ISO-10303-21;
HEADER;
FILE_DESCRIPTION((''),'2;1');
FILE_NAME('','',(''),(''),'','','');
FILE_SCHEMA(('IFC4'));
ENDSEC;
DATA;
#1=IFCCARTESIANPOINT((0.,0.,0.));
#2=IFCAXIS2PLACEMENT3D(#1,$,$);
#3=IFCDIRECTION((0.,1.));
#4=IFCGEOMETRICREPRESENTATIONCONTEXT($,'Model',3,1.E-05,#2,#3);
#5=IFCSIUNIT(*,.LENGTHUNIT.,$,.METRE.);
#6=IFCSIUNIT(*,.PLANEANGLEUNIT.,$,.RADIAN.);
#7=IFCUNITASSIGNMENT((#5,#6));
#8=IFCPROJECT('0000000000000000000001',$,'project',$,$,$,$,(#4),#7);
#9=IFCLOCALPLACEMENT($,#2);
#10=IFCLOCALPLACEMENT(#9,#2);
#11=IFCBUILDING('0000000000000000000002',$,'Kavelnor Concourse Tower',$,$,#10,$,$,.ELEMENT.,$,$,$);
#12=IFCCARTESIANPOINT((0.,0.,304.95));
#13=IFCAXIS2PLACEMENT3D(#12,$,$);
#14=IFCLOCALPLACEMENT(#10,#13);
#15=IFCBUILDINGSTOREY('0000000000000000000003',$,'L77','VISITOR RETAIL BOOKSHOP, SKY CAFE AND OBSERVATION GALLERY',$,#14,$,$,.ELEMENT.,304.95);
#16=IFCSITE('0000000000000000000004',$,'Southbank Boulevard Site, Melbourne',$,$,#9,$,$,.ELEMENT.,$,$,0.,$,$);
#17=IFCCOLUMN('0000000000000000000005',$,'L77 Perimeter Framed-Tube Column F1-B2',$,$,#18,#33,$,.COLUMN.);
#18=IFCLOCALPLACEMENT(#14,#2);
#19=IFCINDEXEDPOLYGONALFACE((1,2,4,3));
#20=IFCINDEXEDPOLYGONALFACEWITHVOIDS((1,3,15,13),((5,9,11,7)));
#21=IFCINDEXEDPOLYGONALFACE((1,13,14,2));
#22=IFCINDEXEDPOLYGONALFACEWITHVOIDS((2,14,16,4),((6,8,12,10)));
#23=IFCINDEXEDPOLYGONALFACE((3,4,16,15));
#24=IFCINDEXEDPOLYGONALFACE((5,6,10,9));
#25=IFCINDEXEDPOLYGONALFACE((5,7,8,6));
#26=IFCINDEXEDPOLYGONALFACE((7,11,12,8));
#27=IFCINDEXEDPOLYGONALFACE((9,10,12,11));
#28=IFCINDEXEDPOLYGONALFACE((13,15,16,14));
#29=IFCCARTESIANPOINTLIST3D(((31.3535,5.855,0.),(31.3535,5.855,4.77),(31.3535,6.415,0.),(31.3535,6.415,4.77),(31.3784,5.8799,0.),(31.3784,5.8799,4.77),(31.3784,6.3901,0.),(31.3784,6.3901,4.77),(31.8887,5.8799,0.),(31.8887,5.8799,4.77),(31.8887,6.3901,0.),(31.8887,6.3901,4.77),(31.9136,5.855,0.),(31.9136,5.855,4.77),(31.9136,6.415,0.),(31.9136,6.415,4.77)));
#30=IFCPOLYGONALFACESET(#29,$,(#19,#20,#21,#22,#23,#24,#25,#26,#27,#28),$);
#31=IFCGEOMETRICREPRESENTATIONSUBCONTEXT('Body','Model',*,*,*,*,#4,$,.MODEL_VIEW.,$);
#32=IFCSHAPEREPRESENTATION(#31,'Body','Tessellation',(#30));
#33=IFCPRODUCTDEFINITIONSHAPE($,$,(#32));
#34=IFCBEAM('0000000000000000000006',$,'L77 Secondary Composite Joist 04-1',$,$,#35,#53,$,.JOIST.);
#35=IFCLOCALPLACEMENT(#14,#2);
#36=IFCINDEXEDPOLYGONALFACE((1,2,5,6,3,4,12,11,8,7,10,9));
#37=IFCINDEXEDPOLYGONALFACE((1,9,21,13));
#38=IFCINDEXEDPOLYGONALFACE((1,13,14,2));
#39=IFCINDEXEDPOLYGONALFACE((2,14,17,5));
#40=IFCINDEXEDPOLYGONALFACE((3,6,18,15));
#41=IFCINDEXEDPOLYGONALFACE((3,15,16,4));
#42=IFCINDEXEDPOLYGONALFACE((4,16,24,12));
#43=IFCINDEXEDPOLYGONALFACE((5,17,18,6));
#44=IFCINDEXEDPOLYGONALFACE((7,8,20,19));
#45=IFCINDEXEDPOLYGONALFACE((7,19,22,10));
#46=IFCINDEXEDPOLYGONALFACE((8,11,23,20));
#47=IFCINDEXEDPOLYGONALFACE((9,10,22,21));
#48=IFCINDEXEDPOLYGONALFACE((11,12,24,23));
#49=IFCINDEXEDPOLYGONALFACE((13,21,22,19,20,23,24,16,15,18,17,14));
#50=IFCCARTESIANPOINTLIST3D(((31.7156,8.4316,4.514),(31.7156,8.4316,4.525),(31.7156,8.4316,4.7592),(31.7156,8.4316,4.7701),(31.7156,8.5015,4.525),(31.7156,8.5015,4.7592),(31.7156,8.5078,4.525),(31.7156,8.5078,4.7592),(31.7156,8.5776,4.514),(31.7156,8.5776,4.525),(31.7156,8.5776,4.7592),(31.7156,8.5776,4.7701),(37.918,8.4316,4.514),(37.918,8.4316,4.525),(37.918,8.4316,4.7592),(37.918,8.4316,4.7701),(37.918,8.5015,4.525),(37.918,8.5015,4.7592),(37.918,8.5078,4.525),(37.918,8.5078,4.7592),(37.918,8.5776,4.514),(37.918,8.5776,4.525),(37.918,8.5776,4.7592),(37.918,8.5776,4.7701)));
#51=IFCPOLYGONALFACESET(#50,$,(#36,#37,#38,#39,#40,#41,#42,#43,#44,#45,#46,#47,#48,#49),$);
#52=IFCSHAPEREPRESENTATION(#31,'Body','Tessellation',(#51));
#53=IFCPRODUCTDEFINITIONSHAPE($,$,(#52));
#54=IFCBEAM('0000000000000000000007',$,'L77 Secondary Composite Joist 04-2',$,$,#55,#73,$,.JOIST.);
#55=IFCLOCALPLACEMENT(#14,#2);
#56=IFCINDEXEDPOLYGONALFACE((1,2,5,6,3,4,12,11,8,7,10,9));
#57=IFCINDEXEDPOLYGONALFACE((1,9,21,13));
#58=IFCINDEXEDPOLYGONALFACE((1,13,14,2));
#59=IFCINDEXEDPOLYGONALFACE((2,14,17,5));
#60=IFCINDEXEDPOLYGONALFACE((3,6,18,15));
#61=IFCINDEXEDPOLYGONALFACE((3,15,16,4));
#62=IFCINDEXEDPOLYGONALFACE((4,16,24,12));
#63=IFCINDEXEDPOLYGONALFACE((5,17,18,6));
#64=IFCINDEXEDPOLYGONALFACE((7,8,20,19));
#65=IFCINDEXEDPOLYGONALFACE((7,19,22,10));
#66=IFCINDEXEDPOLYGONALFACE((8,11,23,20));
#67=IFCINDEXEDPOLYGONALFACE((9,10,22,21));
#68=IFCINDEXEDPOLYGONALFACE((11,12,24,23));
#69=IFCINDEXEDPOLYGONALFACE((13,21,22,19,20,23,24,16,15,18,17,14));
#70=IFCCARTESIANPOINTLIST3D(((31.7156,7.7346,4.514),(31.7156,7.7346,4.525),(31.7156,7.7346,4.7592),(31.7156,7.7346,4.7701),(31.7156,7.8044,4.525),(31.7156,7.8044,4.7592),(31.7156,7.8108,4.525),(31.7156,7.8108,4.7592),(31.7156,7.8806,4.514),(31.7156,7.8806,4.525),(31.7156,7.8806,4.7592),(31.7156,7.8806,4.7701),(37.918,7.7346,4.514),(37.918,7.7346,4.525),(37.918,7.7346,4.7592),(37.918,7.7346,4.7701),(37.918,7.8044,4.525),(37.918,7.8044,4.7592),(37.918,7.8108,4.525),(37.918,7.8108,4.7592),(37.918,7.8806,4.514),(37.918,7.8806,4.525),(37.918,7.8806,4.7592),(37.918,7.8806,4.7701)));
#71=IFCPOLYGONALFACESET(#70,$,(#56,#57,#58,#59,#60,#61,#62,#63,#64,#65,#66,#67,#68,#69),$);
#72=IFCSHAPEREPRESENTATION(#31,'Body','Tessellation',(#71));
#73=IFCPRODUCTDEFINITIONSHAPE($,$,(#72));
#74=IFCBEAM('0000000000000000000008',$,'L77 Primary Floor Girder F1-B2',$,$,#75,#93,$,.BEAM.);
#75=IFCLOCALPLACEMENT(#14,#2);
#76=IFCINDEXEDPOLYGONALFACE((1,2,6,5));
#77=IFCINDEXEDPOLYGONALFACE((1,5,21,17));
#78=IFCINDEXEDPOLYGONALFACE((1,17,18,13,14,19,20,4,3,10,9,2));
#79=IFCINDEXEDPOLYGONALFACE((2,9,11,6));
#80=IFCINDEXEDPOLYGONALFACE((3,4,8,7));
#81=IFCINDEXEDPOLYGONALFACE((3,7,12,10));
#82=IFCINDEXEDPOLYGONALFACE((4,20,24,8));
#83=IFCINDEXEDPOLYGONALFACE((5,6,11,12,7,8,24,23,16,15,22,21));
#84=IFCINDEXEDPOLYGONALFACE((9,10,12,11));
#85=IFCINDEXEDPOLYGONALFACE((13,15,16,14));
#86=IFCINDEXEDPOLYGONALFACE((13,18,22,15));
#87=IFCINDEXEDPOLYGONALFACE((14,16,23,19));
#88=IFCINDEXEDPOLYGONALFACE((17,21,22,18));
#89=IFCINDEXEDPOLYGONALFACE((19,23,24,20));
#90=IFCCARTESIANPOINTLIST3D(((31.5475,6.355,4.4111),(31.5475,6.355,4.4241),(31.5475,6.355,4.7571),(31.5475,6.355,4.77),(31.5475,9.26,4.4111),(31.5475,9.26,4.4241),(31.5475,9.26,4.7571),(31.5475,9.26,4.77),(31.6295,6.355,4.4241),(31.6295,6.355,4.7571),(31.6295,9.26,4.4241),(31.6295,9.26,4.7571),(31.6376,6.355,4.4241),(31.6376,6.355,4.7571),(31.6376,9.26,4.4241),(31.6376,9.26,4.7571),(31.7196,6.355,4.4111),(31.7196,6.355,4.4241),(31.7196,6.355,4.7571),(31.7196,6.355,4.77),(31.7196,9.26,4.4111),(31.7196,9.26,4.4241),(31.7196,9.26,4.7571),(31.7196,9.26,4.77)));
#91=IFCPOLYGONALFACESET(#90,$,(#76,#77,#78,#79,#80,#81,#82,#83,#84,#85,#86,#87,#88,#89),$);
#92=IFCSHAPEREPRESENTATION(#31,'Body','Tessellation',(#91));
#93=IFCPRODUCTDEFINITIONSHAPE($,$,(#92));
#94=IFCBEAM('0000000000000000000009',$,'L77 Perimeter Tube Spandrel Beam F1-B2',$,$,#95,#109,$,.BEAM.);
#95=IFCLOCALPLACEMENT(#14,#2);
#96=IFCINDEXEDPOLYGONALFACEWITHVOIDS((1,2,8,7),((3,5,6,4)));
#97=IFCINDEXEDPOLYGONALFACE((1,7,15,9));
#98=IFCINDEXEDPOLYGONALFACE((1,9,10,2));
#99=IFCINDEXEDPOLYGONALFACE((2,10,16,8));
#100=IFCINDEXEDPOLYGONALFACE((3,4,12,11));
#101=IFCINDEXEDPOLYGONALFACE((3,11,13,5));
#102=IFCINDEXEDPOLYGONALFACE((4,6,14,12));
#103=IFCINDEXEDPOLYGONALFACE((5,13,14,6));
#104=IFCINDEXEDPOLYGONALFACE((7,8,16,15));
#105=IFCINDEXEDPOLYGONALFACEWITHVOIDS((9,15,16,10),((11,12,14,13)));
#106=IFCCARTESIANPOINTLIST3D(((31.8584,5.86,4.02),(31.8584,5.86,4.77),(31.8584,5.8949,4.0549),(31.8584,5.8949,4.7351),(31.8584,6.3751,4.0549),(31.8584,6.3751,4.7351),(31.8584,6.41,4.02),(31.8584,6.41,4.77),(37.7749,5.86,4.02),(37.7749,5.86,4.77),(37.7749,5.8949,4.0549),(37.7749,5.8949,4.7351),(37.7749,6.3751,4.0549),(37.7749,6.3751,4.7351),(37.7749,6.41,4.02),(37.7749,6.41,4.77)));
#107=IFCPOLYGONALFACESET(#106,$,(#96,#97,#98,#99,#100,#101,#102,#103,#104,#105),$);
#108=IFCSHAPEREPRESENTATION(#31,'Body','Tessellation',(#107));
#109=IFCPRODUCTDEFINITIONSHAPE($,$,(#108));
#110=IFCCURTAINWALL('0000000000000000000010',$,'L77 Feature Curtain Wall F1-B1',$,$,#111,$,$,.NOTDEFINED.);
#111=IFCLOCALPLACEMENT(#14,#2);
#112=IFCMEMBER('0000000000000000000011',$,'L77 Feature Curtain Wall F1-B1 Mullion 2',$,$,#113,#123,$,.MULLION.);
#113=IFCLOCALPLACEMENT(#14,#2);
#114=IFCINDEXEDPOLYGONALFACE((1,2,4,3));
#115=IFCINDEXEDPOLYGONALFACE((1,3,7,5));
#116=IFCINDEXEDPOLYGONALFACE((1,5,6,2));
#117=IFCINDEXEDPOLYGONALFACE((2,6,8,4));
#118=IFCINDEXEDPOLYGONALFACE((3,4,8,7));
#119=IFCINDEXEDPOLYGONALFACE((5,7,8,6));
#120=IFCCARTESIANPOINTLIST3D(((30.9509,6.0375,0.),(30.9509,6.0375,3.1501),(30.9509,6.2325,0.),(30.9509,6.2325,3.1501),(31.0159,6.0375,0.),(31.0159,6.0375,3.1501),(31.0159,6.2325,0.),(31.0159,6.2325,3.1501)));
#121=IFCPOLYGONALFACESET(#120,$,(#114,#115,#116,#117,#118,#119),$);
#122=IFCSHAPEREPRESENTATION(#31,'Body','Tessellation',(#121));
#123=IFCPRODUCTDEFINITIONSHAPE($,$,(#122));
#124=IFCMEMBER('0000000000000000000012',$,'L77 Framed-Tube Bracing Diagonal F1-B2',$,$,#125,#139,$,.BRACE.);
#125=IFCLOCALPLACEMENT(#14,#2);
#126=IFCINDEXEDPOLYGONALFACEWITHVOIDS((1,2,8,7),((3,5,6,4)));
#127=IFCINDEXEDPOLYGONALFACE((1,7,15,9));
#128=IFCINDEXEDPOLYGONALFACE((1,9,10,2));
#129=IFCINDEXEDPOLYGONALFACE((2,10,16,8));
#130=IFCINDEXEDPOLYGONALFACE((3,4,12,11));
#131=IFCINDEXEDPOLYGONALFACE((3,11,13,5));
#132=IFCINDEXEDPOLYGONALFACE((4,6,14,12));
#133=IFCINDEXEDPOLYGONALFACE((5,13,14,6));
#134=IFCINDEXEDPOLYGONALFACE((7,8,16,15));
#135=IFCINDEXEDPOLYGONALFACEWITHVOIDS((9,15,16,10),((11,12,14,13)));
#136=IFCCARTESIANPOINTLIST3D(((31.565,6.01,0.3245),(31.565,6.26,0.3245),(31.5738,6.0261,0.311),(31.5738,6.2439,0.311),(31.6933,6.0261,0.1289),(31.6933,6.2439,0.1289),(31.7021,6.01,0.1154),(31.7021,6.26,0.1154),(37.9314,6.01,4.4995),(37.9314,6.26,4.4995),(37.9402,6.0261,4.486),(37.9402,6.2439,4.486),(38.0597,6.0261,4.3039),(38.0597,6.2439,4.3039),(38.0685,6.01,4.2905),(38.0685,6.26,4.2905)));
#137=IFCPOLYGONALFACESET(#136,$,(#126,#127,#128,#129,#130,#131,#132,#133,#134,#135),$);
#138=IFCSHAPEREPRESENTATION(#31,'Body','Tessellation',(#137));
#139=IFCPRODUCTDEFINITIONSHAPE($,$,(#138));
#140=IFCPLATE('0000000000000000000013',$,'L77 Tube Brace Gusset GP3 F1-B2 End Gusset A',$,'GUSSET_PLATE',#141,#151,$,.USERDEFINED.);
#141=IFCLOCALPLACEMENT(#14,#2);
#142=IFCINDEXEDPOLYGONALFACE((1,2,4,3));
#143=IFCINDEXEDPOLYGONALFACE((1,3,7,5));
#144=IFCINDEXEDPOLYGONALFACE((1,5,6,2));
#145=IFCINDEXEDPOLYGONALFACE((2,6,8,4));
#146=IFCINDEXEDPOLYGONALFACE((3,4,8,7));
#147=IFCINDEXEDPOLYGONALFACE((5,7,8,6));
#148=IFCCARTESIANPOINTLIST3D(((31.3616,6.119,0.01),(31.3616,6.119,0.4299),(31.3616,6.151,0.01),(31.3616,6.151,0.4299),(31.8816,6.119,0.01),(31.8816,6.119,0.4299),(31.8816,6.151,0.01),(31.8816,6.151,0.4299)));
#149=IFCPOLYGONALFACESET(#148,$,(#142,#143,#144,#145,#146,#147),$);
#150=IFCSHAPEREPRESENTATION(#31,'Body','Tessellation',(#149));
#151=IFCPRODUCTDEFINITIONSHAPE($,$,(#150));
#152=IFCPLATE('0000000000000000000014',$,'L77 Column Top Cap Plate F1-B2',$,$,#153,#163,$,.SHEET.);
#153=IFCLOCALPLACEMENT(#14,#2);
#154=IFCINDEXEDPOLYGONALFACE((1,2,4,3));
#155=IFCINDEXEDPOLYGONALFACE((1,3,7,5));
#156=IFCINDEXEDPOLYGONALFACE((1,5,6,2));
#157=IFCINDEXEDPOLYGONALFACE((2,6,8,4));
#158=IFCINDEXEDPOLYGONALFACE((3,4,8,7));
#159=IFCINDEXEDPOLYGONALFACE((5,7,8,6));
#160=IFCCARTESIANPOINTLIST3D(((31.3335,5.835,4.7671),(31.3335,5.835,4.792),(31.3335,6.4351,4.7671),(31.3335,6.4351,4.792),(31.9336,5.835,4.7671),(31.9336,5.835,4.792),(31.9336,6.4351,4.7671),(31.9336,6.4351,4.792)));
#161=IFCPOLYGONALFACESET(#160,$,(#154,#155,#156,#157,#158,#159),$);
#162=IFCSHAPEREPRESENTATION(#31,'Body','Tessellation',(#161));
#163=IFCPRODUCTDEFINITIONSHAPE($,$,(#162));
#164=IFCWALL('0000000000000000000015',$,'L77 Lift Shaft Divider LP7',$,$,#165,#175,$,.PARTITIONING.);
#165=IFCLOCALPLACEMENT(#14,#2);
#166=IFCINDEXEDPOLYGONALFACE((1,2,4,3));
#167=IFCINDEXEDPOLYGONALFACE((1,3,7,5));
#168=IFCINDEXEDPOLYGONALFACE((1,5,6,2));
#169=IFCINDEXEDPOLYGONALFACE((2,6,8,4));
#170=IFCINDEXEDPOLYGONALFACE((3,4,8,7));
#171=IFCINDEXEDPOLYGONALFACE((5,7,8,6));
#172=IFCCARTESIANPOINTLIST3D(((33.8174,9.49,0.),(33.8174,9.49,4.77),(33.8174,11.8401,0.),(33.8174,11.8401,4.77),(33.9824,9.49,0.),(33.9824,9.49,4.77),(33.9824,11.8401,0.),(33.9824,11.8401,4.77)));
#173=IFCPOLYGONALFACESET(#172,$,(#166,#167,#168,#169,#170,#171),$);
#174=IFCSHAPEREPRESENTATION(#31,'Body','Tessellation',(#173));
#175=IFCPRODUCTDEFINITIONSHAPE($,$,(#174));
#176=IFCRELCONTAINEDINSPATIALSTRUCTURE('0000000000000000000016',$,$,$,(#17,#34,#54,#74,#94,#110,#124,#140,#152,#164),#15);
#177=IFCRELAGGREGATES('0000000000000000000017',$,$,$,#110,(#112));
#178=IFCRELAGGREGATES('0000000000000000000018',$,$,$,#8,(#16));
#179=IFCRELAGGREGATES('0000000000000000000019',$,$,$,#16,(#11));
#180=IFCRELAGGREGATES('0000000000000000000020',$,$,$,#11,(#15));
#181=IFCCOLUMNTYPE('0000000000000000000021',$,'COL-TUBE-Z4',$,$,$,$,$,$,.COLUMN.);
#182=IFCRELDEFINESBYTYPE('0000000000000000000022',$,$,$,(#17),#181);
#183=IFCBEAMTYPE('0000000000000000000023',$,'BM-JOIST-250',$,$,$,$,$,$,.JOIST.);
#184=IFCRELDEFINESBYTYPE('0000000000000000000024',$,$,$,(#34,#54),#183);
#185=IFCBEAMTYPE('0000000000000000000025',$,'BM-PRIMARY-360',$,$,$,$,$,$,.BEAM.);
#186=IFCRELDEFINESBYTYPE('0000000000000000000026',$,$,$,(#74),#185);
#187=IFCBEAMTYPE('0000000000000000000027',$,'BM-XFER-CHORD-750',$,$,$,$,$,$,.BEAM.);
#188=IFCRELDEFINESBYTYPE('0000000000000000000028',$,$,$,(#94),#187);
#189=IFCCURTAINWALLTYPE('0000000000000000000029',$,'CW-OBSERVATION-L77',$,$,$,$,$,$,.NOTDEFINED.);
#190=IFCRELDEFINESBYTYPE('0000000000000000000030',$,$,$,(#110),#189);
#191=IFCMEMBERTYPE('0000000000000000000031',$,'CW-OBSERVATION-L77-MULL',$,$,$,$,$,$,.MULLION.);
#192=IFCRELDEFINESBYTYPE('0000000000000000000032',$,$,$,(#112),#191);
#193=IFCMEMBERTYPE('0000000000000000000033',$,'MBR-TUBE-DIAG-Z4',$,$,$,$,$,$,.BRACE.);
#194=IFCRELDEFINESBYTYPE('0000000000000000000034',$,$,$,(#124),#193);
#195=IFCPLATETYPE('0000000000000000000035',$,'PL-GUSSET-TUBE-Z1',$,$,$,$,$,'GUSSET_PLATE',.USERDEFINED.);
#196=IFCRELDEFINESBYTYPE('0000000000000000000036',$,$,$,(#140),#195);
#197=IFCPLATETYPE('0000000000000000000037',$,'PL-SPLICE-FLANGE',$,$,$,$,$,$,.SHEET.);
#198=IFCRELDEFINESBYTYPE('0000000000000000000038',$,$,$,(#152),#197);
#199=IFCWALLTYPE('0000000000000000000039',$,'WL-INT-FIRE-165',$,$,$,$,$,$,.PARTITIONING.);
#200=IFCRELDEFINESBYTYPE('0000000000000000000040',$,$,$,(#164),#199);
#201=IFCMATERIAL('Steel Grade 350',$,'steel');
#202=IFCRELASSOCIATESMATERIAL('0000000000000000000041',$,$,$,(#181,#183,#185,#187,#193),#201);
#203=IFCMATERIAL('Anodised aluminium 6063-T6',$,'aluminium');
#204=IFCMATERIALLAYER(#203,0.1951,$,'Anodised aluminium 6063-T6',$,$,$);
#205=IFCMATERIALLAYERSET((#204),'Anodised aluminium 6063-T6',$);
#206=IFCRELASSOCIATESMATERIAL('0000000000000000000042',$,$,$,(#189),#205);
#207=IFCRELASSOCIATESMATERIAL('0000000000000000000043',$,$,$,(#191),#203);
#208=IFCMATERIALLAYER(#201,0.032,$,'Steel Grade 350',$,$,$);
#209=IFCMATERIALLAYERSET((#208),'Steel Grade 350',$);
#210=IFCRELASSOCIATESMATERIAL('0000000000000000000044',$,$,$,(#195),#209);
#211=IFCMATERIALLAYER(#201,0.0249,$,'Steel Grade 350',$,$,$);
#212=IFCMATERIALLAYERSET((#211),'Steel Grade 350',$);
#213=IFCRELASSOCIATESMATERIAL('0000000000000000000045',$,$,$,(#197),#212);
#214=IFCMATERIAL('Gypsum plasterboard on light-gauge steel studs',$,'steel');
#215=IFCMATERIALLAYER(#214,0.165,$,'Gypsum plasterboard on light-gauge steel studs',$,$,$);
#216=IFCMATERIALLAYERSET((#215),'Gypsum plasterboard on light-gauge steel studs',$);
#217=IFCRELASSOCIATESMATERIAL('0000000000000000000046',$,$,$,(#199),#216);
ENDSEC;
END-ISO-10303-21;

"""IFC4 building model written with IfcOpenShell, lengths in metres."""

from ifc_helpers import new_model, si_unit, direction, frame, frame_2d, origin, origin_2d, place, context, subcontext, project, spatial, rectangle, hollow_rectangle, i_section, extrude, material, layer, layer_set, material_profile, profile_set, type_object, element, aggregate, save


model = new_model("IFC4")

# Units and contexts
model_context = context("Model", 3, precision=1e-05, world=origin(), true_north=direction((0.0, 1.0)))
body_context = subcontext(model_context, "Body", "Model", "MODEL_VIEW")
ifc_project = project(units=[si_unit("LENGTHUNIT", "METRE"), si_unit("PLANEANGLEUNIT", "RADIAN")], contexts=[model_context])

# Site, building, storey
site_placement = place(None, origin())
site = spatial("IfcSite", under=ifc_project, at=site_placement, Name="Southbank Boulevard Site, Melbourne", CompositionType="ELEMENT", RefElevation=0.0)
building_placement = place(site_placement, origin())
building = spatial("IfcBuilding", under=site, at=building_placement, Name="Kavelnor Concourse Tower", CompositionType="ELEMENT")
storey_placement = place(building_placement, frame((0.0, 0.0, 304.95)))
storey = spatial("IfcBuildingStorey", under=building, at=storey_placement, Name="L77", Description="VISITOR RETAIL BOOKSHOP, SKY CAFE AND OBSERVATION GALLERY", CompositionType="ELEMENT", Elevation=304.95)

# Column
ifc_material_1 = material(Name="Steel Grade 350", Category="steel")
ifc_material_profile_1 = material_profile(ifc_material_1, hollow_rectangle(XDim=0.5601, YDim=0.5601, WallThickness=0.0249, at=origin_2d()), Name="SHS 560x560x25")
ifc_profile_set_1 = profile_set([ifc_material_profile_1], Name="Steel Grade 350")
column_type = type_object("IfcColumnType", Name="COL-TUBE-Z4", PredefinedType="COLUMN", material=ifc_profile_set_1)
column_placement = place(storey_placement, frame((31.6335, 6.135, 0.0), z_axis=(0.0, 0.0, 1.0), x_axis=(1.0, 0.0, 0.0)))
element("IfcColumn", 1, at=column_placement, inside=storey, type_object=column_type, Name="L77 Perimeter Framed-Tube Column F1-B2", PredefinedType="COLUMN", context=body_context, shape_type="SweptSolid", body=[
    extrude(hollow_rectangle(XDim=0.5601, YDim=0.5601, WallThickness=0.0249, at=origin_2d()), origin(), (0.0, 0.0, 1.0), 4.77),
])

# Beams
ifc_material_profile_2 = material_profile(ifc_material_1, i_section(OverallWidth=0.146, OverallDepth=0.2561, WebThickness=0.0063, FlangeThickness=0.011, at=origin_2d()), Name="250UB37")
ifc_profile_set_2 = profile_set([ifc_material_profile_2], Name="Steel Grade 350")
beam_type_1 = type_object("IfcBeamType", Name="BM-JOIST-250", PredefinedType="JOIST", material=ifc_profile_set_2)
for number, where, z_axis, x_axis, name in (
    (2, (31.7156, 8.5046, 4.6421), (1.0, 0.0, 0.0), (0.0, 1.0, 0.0), "L77 Secondary Composite Joist 04-1"),
    (3, (31.7156, 7.8076, 4.6421), (1.0, 0.0, 0.0), (0.0, 1.0, 0.0), "L77 Secondary Composite Joist 04-2"),
):
    element("IfcBeam", number, at=place(storey_placement, frame(where, z_axis=z_axis, x_axis=x_axis)), inside=storey, type_object=beam_type_1, Name=name, PredefinedType="JOIST", context=body_context, shape_type="SweptSolid", body=[
        extrude(i_section(OverallWidth=0.146, OverallDepth=0.2561, WebThickness=0.0063, FlangeThickness=0.011, at=origin_2d()), origin(), (0.0, 0.0, 1.0), 6.2024),
    ])
ifc_material_profile_3 = material_profile(ifc_material_1, i_section(OverallWidth=0.1721, OverallDepth=0.3589, WebThickness=0.0081, FlangeThickness=0.0129, at=origin_2d()), Name="360UB56")
ifc_profile_set_3 = profile_set([ifc_material_profile_3], Name="Steel Grade 350")
beam_type_2 = type_object("IfcBeamType", Name="BM-PRIMARY-360", PredefinedType="BEAM", material=ifc_profile_set_3)
beam_1_placement = place(storey_placement, frame((31.6335, 9.26, 4.5906), z_axis=(0.0, -1.0, 0.0), x_axis=(1.0, 0.0, 0.0)))
element("IfcBeam", 4, at=beam_1_placement, inside=storey, type_object=beam_type_2, Name="L77 Primary Floor Girder F1-B2", PredefinedType="BEAM", context=body_context, shape_type="SweptSolid", body=[
    extrude(i_section(OverallWidth=0.1721, OverallDepth=0.3589, WebThickness=0.0081, FlangeThickness=0.0129, at=origin_2d()), origin(), (0.0, 0.0, 1.0), 2.905),
])
ifc_material_profile_4 = material_profile(ifc_material_1, hollow_rectangle(XDim=0.55, YDim=0.75, WallThickness=0.0349, at=origin_2d()), Name="RHS 750x550x35")
ifc_profile_set_4 = profile_set([ifc_material_profile_4], Name="Steel Grade 350")
beam_type_3 = type_object("IfcBeamType", Name="BM-XFER-CHORD-750", PredefinedType="BEAM", material=ifc_profile_set_4)
beam_2_placement = place(storey_placement, frame((31.8584, 6.135, 4.395), z_axis=(1.0, 0.0, 0.0), x_axis=(0.0, 1.0, 0.0)))
element("IfcBeam", 5, at=beam_2_placement, inside=storey, type_object=beam_type_3, Name="L77 Perimeter Tube Spandrel Beam F1-B2", PredefinedType="BEAM", context=body_context, shape_type="SweptSolid", body=[
    extrude(hollow_rectangle(XDim=0.55, YDim=0.75, WallThickness=0.0349, at=origin_2d()), origin(), (0.0, 0.0, 1.0), 5.9165),
])

# Curtain wall, member
ifc_material_2 = material(Name="Anodised aluminium 6063-T6", Category="aluminium")
ifc_layer_1 = layer(ifc_material_2, 0.1951, Name="Anodised aluminium 6063-T6")
ifc_layer_set_1 = layer_set([ifc_layer_1], Name="Anodised aluminium 6063-T6")
curtain_wall_type = type_object("IfcCurtainWallType", Name="CW-OBSERVATION-L77", PredefinedType="NOTDEFINED", material=ifc_layer_set_1)
curtain_wall_placement = place(storey_placement, origin())
curtain_wall = element("IfcCurtainWall", 6, at=curtain_wall_placement, inside=storey, type_object=curtain_wall_type, Name="L77 Feature Curtain Wall F1-B1", PredefinedType="NOTDEFINED")
ifc_material_profile_5 = material_profile(ifc_material_2, rectangle(XDim=0.0649, YDim=0.1951, at=origin_2d()), Name="AL-MULL 65x195")
ifc_profile_set_5 = profile_set([ifc_material_profile_5], Name="Anodised aluminium 6063-T6")
member_type_1 = type_object("IfcMemberType", Name="CW-OBSERVATION-L77-MULL", PredefinedType="MULLION", material=ifc_profile_set_5)
member_1_placement = place(storey_placement, frame((30.9834, 6.135, 0.0), z_axis=(0.0, 0.0, 1.0), x_axis=(1.0, 0.0, 0.0)))
member_1 = element("IfcMember", 7, at=member_1_placement, type_object=member_type_1, Name="L77 Feature Curtain Wall F1-B1 Mullion 2", PredefinedType="MULLION", context=body_context, shape_type="SweptSolid", body=[
    extrude(rectangle(XDim=0.0649, YDim=0.1951, at=origin_2d()), origin(), (0.0, 0.0, 1.0), 3.1501),
])
aggregate(curtain_wall, [member_1])

# Member
ifc_material_profile_6 = material_profile(ifc_material_1, hollow_rectangle(XDim=0.25, YDim=0.25, WallThickness=0.0161, at=origin_2d()), Name="SHS 250x250x16")
ifc_profile_set_6 = profile_set([ifc_material_profile_6], Name="Steel Grade 350")
member_type_2 = type_object("IfcMemberType", Name="MBR-TUBE-DIAG-Z4", PredefinedType="BRACE", material=ifc_profile_set_6)
member_2_placement = place(storey_placement, frame((31.6335, 6.135, 0.22), z_axis=(0.836225, 0.0, 0.548387), x_axis=(0.0, 1.0, 0.0)))
element("IfcMember", 8, at=member_2_placement, inside=storey, type_object=member_type_2, Name="L77 Framed-Tube Bracing Diagonal F1-B2", PredefinedType="BRACE", context=body_context, shape_type="SweptSolid", body=[
    extrude(hollow_rectangle(XDim=0.25, YDim=0.25, WallThickness=0.0161, at=origin_2d()), origin(), (0.0, 0.0, 1.0), 7.6133),
])

# Plates
ifc_layer_2 = layer(ifc_material_1, 0.032, Name="Steel Grade 350")
ifc_layer_set_2 = layer_set([ifc_layer_2], Name="Steel Grade 350")
plate_type_1 = type_object("IfcPlateType", Name="PL-GUSSET-TUBE-Z1", ElementType="GUSSET_PLATE", PredefinedType="USERDEFINED", material=ifc_layer_set_2)
plate_1_placement = place(storey_placement, frame((31.6216, 6.135, 0.01), z_axis=(0.0, 0.0, 1.0), x_axis=(1.0, 0.0, 0.0)))
element("IfcPlate", 9, at=plate_1_placement, inside=storey, type_object=plate_type_1, Name="L77 Tube Brace Gusset GP3 F1-B2 End Gusset A", ObjectType="GUSSET_PLATE", PredefinedType="USERDEFINED", context=body_context, shape_type="SweptSolid", body=[
    extrude(rectangle(XDim=0.52, YDim=0.032, at=origin_2d()), origin(), (0.0, 0.0, 1.0), 0.4199),
])
ifc_layer_3 = layer(ifc_material_1, 0.0249, Name="Steel Grade 350")
ifc_layer_set_3 = layer_set([ifc_layer_3], Name="Steel Grade 350")
plate_type_2 = type_object("IfcPlateType", Name="PL-SPLICE-FLANGE", PredefinedType="SHEET", material=ifc_layer_set_3)
plate_2_placement = place(storey_placement, frame((31.6335, 6.135, 4.7671), z_axis=(0.0, 0.0, 1.0), x_axis=(1.0, 0.0, 0.0)))
element("IfcPlate", 10, at=plate_2_placement, inside=storey, type_object=plate_type_2, Name="L77 Column Top Cap Plate F1-B2", PredefinedType="SHEET", context=body_context, shape_type="SweptSolid", body=[
    extrude(rectangle(XDim=0.6001, YDim=0.6001, at=origin_2d()), origin(), (0.0, 0.0, 1.0), 0.0249),
])

# Wall
ifc_material_3 = material(Name="Gypsum plasterboard on light-gauge steel studs", Category="steel")
ifc_layer_4 = layer(ifc_material_3, 0.165, Name="Gypsum plasterboard on light-gauge steel studs")
ifc_layer_set_4 = layer_set([ifc_layer_4], Name="Gypsum plasterboard on light-gauge steel studs")
wall_type_1 = type_object("IfcWallType", Name="WL-INT-FIRE-165", PredefinedType="PARTITIONING", material=ifc_layer_set_4)
for number, where, z_axis, x_axis, name in (
    (11, (33.8999, 9.49, 0.0), (0.0, 0.0, 1.0), (0.0, 1.0, 0.0), "L77 Lift Shaft Divider LP7"),
):
    element("IfcWall", number, at=place(storey_placement, frame(where, z_axis=z_axis, x_axis=x_axis)), inside=storey, type_object=wall_type_1, Name=name, PredefinedType="PARTITIONING", context=body_context, shape_type="SweptSolid", body=[
        extrude(rectangle(XDim=2.3501, YDim=0.165, at=frame_2d((1.175, 0.0))), origin(), (0.0, 0.0, 1.0), 4.77),
    ])

save(model, "model.ifc")
